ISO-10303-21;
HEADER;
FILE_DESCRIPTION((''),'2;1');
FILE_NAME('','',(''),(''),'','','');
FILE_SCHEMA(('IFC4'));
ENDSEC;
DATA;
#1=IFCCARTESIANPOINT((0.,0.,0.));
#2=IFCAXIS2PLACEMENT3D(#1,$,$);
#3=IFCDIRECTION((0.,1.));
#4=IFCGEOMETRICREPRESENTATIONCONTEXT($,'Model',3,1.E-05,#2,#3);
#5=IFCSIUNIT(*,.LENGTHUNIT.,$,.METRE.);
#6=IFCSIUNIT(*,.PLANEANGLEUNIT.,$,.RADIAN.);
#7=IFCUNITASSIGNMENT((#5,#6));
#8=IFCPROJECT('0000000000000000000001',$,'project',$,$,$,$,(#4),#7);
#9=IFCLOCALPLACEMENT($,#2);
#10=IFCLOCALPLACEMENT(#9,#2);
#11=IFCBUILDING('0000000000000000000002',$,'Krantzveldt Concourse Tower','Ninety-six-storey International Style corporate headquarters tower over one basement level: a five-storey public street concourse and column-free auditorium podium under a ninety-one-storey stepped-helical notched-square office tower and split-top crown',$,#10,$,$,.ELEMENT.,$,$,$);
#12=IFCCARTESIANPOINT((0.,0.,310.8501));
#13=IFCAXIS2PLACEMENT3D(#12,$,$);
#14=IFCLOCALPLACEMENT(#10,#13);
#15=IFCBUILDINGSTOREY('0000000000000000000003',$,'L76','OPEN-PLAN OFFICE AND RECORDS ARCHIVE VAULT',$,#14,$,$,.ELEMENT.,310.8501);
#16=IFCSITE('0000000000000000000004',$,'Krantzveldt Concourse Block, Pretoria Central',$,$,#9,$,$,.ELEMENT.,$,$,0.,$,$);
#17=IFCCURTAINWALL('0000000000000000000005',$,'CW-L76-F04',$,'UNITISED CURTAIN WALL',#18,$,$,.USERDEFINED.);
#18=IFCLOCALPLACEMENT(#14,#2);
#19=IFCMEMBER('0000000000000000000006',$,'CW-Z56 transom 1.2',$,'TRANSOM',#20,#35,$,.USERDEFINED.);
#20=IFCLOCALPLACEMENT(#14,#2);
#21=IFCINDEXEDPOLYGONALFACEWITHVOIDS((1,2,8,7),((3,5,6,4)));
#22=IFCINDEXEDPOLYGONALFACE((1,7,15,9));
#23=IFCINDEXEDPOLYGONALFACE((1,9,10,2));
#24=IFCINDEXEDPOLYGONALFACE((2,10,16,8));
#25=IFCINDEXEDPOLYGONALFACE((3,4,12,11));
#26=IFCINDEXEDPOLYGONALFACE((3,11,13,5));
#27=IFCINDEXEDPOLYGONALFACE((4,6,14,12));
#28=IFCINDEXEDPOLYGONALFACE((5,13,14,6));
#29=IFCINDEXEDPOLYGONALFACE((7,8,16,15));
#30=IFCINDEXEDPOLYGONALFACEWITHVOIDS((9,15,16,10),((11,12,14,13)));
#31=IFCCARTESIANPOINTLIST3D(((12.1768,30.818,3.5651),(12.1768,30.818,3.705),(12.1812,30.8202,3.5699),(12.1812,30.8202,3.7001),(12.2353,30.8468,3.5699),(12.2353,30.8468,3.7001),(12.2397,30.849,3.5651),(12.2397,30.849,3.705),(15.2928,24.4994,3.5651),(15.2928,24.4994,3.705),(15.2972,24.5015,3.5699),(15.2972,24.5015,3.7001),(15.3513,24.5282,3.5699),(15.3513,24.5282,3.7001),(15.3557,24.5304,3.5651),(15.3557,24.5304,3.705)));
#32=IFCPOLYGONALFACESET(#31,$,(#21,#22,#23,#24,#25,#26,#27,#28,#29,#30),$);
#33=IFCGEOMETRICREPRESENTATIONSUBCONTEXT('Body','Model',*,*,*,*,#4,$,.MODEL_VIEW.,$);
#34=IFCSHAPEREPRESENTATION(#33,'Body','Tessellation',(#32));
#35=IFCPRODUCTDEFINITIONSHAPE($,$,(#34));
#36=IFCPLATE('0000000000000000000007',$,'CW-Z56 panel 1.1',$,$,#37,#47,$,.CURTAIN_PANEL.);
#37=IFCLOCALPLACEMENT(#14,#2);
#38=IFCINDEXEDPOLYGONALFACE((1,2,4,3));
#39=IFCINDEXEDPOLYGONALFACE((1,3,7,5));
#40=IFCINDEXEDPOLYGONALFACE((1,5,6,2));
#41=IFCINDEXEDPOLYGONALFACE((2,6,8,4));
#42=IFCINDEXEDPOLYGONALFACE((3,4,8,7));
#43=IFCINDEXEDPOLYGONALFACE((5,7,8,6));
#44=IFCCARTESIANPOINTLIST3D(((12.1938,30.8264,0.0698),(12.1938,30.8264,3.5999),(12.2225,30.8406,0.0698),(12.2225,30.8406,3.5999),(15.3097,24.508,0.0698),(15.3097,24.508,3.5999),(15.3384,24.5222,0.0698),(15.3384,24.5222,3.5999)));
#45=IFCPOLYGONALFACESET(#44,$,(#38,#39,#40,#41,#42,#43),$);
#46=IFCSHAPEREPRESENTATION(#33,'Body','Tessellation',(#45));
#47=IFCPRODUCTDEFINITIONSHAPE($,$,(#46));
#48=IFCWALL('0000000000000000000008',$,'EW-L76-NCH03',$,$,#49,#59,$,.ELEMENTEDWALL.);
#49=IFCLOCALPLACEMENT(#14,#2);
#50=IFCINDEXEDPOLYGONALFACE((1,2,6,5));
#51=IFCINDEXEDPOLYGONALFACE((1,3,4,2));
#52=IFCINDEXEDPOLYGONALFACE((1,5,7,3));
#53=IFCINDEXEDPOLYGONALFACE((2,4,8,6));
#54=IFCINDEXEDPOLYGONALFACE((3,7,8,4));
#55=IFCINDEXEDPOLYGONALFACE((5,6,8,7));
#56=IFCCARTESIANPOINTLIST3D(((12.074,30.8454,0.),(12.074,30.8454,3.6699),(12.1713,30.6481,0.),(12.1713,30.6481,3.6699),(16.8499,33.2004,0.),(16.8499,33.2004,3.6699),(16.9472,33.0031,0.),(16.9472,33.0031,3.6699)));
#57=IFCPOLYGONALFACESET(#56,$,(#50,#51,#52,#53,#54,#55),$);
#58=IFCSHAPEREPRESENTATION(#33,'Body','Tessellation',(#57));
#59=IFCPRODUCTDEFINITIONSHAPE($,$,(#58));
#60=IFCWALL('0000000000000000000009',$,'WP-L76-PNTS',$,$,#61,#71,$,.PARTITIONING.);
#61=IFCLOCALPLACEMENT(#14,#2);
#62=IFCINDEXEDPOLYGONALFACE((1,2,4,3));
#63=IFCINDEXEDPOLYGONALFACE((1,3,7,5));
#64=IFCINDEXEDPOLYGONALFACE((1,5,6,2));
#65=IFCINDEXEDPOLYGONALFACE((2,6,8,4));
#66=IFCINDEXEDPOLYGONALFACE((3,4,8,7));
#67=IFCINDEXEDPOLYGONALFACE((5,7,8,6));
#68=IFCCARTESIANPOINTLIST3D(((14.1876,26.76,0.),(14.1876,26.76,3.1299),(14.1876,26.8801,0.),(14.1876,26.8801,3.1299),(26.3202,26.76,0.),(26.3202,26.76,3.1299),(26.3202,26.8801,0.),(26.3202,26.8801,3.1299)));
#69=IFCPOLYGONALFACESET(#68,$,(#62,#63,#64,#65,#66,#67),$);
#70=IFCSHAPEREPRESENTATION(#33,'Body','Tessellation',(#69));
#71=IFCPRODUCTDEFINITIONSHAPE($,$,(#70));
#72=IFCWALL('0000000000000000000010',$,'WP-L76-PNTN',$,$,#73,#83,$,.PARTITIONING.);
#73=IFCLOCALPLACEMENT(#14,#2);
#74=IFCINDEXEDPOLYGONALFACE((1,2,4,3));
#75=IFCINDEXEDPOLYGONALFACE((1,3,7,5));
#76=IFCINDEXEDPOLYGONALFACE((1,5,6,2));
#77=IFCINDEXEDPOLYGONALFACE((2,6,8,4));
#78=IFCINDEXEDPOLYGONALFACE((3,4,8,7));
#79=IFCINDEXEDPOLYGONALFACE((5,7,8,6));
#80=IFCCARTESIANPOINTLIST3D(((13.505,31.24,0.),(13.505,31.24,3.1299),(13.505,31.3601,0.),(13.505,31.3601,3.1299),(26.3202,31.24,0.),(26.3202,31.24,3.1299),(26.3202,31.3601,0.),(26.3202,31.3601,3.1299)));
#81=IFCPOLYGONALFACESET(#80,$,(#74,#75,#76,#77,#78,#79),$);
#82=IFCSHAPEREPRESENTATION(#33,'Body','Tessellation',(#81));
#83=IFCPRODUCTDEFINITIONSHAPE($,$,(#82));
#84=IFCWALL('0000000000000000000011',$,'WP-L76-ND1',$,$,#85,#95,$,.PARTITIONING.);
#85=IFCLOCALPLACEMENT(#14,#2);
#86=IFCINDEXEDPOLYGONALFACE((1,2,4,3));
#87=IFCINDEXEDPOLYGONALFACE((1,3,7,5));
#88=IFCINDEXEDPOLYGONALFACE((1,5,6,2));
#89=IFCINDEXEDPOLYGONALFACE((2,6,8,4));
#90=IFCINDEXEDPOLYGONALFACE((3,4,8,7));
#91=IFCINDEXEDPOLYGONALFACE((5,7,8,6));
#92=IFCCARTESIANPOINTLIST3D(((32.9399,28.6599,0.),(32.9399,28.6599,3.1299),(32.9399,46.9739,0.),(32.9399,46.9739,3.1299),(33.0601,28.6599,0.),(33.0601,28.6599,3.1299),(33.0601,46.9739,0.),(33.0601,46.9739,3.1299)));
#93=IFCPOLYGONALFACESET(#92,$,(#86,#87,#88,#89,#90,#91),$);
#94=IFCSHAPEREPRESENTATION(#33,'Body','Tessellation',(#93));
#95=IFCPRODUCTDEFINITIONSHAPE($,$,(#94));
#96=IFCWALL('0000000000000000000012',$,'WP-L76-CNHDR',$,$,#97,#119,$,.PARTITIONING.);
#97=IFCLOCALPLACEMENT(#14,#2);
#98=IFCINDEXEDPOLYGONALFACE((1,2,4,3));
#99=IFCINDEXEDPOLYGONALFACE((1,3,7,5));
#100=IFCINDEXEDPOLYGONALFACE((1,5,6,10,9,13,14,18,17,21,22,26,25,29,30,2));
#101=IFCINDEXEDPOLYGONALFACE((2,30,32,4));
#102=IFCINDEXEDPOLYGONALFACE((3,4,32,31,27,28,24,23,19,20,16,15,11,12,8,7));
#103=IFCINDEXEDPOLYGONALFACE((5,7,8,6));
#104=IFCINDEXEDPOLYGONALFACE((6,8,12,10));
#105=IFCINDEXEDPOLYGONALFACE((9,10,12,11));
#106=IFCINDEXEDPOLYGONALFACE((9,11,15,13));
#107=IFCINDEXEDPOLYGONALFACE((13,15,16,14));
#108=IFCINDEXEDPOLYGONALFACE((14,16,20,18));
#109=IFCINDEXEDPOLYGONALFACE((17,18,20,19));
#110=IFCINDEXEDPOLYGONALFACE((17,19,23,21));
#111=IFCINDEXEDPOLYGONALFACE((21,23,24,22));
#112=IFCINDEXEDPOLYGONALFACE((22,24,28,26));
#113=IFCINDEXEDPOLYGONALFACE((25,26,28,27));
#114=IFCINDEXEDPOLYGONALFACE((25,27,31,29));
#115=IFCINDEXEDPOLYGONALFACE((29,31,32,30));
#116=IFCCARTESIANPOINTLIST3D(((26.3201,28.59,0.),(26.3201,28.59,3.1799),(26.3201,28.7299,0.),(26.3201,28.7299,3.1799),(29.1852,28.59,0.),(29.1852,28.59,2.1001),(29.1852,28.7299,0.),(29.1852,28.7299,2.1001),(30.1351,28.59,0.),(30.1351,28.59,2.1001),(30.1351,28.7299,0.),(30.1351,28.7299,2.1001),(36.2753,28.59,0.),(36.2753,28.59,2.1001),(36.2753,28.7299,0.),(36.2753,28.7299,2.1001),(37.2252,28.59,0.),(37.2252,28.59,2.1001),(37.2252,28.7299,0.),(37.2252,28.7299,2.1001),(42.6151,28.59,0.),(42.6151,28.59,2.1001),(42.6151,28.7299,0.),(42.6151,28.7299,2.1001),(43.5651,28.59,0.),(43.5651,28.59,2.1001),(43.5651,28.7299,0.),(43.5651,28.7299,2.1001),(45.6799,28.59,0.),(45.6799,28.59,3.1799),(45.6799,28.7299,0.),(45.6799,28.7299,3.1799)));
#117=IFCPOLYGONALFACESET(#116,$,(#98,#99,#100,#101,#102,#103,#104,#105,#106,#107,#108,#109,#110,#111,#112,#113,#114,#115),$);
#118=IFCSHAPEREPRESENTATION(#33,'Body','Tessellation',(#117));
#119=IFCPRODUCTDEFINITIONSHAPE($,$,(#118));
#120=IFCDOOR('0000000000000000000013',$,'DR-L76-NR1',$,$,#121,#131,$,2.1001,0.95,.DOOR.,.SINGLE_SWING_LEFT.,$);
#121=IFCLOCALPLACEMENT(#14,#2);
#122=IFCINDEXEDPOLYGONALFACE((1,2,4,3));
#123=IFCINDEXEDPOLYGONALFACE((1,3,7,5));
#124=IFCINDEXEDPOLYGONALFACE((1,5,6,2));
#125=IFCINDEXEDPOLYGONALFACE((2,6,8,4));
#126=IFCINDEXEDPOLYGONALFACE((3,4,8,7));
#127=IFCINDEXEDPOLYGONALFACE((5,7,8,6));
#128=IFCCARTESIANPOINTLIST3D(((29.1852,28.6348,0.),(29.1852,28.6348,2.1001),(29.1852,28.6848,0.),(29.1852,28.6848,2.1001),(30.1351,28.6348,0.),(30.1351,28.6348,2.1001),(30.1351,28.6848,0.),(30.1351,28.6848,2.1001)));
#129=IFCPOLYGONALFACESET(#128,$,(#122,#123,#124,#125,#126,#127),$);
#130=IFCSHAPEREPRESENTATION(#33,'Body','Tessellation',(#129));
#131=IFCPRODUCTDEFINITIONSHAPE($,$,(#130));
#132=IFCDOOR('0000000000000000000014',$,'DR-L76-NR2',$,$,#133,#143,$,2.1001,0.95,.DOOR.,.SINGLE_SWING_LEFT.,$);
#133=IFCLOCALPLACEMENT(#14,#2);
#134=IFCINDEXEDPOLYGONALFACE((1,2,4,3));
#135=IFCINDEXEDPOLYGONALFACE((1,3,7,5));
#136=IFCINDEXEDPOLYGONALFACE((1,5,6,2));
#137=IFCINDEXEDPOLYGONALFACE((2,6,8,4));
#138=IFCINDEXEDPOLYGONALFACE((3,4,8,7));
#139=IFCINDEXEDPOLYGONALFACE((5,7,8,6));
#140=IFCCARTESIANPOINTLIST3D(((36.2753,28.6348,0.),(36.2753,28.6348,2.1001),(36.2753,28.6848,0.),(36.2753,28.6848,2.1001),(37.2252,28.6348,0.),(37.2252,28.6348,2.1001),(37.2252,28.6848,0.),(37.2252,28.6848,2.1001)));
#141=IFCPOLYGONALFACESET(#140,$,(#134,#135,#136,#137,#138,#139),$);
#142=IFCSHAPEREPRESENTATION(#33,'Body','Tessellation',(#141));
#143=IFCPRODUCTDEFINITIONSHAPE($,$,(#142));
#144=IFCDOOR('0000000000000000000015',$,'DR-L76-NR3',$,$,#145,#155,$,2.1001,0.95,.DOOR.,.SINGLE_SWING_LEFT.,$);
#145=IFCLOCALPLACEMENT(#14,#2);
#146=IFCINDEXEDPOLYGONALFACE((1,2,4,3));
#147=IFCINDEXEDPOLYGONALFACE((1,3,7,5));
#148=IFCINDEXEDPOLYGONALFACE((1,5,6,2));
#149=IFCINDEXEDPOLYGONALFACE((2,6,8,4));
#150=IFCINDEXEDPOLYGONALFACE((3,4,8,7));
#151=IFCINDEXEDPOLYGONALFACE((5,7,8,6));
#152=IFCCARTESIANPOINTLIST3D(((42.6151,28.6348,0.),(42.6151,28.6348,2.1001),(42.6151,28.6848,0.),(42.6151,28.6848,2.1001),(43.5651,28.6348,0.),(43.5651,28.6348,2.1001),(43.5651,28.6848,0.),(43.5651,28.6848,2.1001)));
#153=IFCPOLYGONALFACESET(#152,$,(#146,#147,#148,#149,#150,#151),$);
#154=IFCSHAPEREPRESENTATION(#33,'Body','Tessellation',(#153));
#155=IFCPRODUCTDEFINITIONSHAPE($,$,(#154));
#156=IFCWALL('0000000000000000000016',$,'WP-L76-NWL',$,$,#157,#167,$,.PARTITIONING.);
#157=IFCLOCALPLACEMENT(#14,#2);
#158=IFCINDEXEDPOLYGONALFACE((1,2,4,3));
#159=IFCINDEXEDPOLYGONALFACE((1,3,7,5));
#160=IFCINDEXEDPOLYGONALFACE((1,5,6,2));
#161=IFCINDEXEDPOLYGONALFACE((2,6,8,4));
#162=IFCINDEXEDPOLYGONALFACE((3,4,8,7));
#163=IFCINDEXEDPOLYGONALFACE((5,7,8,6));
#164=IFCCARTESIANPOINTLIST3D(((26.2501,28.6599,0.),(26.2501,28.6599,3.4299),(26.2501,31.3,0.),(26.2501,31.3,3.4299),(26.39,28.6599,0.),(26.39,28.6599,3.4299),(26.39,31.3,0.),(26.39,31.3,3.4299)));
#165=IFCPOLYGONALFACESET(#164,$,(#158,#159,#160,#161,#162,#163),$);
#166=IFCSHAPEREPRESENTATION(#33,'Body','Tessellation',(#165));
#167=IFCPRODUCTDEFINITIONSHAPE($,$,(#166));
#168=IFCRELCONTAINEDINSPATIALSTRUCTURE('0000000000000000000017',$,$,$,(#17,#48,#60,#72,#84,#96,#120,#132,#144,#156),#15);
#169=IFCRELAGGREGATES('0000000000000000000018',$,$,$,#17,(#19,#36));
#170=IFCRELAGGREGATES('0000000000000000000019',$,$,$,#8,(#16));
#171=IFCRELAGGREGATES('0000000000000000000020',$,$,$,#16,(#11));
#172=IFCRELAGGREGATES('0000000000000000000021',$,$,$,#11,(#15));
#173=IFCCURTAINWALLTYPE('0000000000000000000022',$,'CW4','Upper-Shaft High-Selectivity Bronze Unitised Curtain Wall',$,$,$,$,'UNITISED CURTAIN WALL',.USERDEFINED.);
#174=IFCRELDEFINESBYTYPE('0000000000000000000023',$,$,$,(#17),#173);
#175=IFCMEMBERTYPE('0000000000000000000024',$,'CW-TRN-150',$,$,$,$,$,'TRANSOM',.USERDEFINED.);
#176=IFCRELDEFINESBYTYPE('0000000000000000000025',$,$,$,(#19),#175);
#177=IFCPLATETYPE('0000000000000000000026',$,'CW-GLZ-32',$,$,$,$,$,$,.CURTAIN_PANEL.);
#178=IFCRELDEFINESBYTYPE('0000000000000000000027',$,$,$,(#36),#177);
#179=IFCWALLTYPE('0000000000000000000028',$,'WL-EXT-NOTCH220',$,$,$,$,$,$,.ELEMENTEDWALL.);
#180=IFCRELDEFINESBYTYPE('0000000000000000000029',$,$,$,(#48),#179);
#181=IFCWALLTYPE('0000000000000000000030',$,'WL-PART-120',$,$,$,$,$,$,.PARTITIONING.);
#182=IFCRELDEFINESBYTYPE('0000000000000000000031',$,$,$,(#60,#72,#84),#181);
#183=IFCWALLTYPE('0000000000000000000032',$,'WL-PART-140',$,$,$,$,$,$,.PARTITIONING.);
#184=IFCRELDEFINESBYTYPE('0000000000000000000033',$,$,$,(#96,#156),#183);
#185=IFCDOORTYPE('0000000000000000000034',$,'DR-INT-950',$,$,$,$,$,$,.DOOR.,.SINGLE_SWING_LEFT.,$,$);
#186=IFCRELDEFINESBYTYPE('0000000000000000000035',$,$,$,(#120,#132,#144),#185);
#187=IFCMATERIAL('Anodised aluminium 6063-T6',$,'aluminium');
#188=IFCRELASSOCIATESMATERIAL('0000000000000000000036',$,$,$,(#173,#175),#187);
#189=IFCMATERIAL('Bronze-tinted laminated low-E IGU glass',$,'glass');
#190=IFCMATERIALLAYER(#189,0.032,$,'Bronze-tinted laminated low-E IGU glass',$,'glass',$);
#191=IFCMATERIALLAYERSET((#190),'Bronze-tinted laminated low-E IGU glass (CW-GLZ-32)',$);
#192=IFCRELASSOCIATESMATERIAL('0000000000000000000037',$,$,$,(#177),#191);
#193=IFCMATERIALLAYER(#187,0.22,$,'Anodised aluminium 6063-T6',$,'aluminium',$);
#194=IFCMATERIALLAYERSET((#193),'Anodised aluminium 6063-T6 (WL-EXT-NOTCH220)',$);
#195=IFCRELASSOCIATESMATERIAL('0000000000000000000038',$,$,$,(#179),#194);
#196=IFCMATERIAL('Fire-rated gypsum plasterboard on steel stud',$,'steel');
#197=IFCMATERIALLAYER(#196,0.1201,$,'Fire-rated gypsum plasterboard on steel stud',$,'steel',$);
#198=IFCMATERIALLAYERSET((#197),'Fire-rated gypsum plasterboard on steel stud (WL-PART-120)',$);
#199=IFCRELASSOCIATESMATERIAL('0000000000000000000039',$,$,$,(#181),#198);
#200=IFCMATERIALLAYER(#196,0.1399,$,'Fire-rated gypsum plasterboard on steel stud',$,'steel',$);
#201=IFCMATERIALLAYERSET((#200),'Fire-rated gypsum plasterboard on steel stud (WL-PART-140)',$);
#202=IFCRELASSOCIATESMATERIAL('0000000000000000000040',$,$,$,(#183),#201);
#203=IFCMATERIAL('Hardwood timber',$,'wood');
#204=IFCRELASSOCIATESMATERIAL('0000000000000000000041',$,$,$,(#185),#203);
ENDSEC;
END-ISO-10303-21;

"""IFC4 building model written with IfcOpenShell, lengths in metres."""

from ifc_helpers import new_model, si_unit, direction, frame, frame_2d, origin, origin_2d, place, context, subcontext, project, spatial, rectangle, hollow_rectangle, extrude, source, transform, mapped, material, layer, layer_set, material_profile, profile_set, type_object, type_shapes, element, fill, aggregate, save


model = new_model("IFC4")

# Units and contexts
model_context = context("Model", 3, precision=1e-05, world=origin(), true_north=direction((0.0, 1.0)))
body_context = subcontext(model_context, "Body", "Model", "MODEL_VIEW")
ifc_project = project(units=[si_unit("LENGTHUNIT", "METRE"), si_unit("PLANEANGLEUNIT", "RADIAN")], contexts=[model_context])

# Site, building, storey
site_placement = place(None, origin())
site = spatial("IfcSite", under=ifc_project, at=site_placement, Name="Krantzveldt Concourse Block, Pretoria Central", CompositionType="ELEMENT", RefElevation=0.0)
building_placement = place(site_placement, origin())
building = spatial("IfcBuilding", under=site, at=building_placement, Name="Krantzveldt Concourse Tower", Description="Ninety-six-storey International Style corporate headquarters tower over one basement level: a five-storey public street concourse and column-free auditorium podium under a ninety-one-storey stepped-helical notched-square office tower and split-top crown", CompositionType="ELEMENT")
storey_placement = place(building_placement, frame((0.0, 0.0, 310.8501)))
storey = spatial("IfcBuildingStorey", under=building, at=storey_placement, Name="L76", Description="OPEN-PLAN OFFICE AND RECORDS ARCHIVE VAULT", CompositionType="ELEMENT", Elevation=310.8501)

# Curtain wall, member, plate
ifc_material_1 = material(Name="Anodised aluminium 6063-T6", Category="aluminium")
curtain_wall_type = type_object("IfcCurtainWallType", Name="CW4", Description="Upper-Shaft High-Selectivity Bronze Unitised Curtain Wall", ElementType="UNITISED CURTAIN WALL", PredefinedType="USERDEFINED", material=ifc_material_1)
curtain_wall_placement = place(storey_placement, origin())
curtain_wall = element("IfcCurtainWall", 1, at=curtain_wall_placement, inside=storey, type_object=curtain_wall_type, Name="CW-L76-F04", ObjectType="UNITISED CURTAIN WALL", PredefinedType="USERDEFINED")
ifc_material_profile_1 = material_profile(ifc_material_1, hollow_rectangle(XDim=0.0701, YDim=0.1399, WallThickness=0.0049, at=origin_2d()), Name="Anodised aluminium 6063-T6", Category="aluminium")
ifc_profile_set_1 = profile_set([ifc_material_profile_1], Name="Anodised aluminium 6063-T6 - ALU-TRAN 140x70x5")
member_type_1 = type_object("IfcMemberType", Name="CW-TRN-150", ElementType="TRANSOM", PredefinedType="USERDEFINED", material=ifc_profile_set_1)
shared_shape_1 = source(origin(), body_context, "Body", "SweptSolid", [
    extrude(hollow_rectangle(XDim=0.0701, YDim=0.1399, WallThickness=0.0049, at=origin_2d()), origin(), (0.0, 0.0, 1.0), 7.0452),
])
member_1_placement = place(storey_placement, frame((12.2083, 30.8335, 3.635), z_axis=(0.442286, -0.896874, 0.0), x_axis=(0.896874, 0.442286, 0.0)))
member_1 = element("IfcMember", 2, at=member_1_placement, type_object=member_type_1, Name="CW-Z56 transom 1.2", ObjectType="TRANSOM", PredefinedType="USERDEFINED", context=body_context, shape_type="MappedRepresentation", body=[
    mapped(shared_shape_1, transform((0.0, 0.0, 0.0), x_axis=(1.0, 0.0, 0.0), y_axis=(0.0, 1.0, 0.0), z_axis=(0.0, 0.0, 1.0), scale=1.0)),
])
ifc_material_2 = material(Name="Bronze-tinted laminated low-E IGU glass", Category="glass")
ifc_layer_1 = layer(ifc_material_2, 0.032, Name="Bronze-tinted laminated low-E IGU glass", Category="glass")
ifc_layer_set_1 = layer_set([ifc_layer_1], Name="Bronze-tinted laminated low-E IGU glass (CW-GLZ-32)")
plate_type = type_object("IfcPlateType", Name="CW-GLZ-32", PredefinedType="CURTAIN_PANEL", material=ifc_layer_set_1)
shared_shape_2 = source(origin(), body_context, "Body", "SweptSolid", [
    extrude(rectangle(XDim=7.0449, YDim=0.032, at=origin_2d()), origin(), (0.0, 0.0, 1.0), 3.53),
])
type_shapes(plate_type, [shared_shape_2])
plate_placement = place(storey_placement, frame((13.7661, 27.6743, 0.0698), z_axis=(0.0, 0.0, 1.0), x_axis=(0.442289, -0.896873, 0.0)))
plate = element("IfcPlate", 3, at=plate_placement, type_object=plate_type, Name="CW-Z56 panel 1.1", PredefinedType="CURTAIN_PANEL", context=body_context, shape_type="MappedRepresentation", body=[
    mapped(shared_shape_2, transform((0.0, 0.0, 0.0), x_axis=(1.0, 0.0, 0.0), y_axis=(0.0, 1.0, 0.0), z_axis=(0.0, 0.0, 1.0), scale=1.0)),
])
aggregate(curtain_wall, [member_1, plate])

# Walls
ifc_layer_2 = layer(ifc_material_1, 0.22, Name="Anodised aluminium 6063-T6", Category="aluminium")
ifc_layer_set_2 = layer_set([ifc_layer_2], Name="Anodised aluminium 6063-T6 (WL-EXT-NOTCH220)")
wall_type_1 = type_object("IfcWallType", Name="WL-EXT-NOTCH220", PredefinedType="ELEMENTEDWALL", material=ifc_layer_set_2)
wall_1_placement = place(storey_placement, frame((16.8987, 33.1018, 0.0), z_axis=(0.0, 0.0, 1.0), x_axis=(-0.896889, -0.442255, 0.0)))
element("IfcWall", 4, at=wall_1_placement, inside=storey, type_object=wall_type_1, Name="EW-L76-NCH03", PredefinedType="ELEMENTEDWALL", context=body_context, shape_type="SweptSolid", body=[
    extrude(rectangle(XDim=5.325, YDim=0.22, at=frame_2d((2.6626, 0.0))), origin(), (0.0, 0.0, 1.0), 3.6699),
])
ifc_material_3 = material(Name="Fire-rated gypsum plasterboard on steel stud", Category="steel")
ifc_layer_3 = layer(ifc_material_3, 0.1201, Name="Fire-rated gypsum plasterboard on steel stud", Category="steel")
ifc_layer_set_3 = layer_set([ifc_layer_3], Name="Fire-rated gypsum plasterboard on steel stud (WL-PART-120)")
wall_type_2 = type_object("IfcWallType", Name="WL-PART-120", PredefinedType="PARTITIONING", material=ifc_layer_set_3)
wall_2_placement = place(storey_placement, frame((14.1875, 26.8201, 0.0), z_axis=(0.0, 0.0, 1.0), x_axis=(1.0, 0.0, 0.0)))
element("IfcWall", 5, at=wall_2_placement, inside=storey, type_object=wall_type_2, Name="WP-L76-PNTS", PredefinedType="PARTITIONING", context=body_context, shape_type="SweptSolid", body=[
    extrude(rectangle(XDim=12.1326, YDim=0.1201, at=frame_2d((6.0664, 0.0))), origin(), (0.0, 0.0, 1.0), 3.1299),
])
wall_3_placement = place(storey_placement, frame((13.5049, 31.3, 0.0), z_axis=(0.0, 0.0, 1.0), x_axis=(1.0, 0.0, 0.0)))
element("IfcWall", 6, at=wall_3_placement, inside=storey, type_object=wall_type_2, Name="WP-L76-PNTN", PredefinedType="PARTITIONING", context=body_context, shape_type="SweptSolid", body=[
    extrude(rectangle(XDim=12.8152, YDim=0.1201, at=frame_2d((6.4077, 0.0))), origin(), (0.0, 0.0, 1.0), 3.1299),
])
wall_4_placement = place(storey_placement, frame((33.0, 28.6599, 0.0), z_axis=(0.0, 0.0, 1.0), x_axis=(0.0, 1.0, 0.0)))
element("IfcWall", 7, at=wall_4_placement, inside=storey, type_object=wall_type_2, Name="WP-L76-ND1", PredefinedType="PARTITIONING", context=body_context, shape_type="SweptSolid", body=[
    extrude(rectangle(XDim=18.314, YDim=0.1201, at=frame_2d((9.157, 0.0))), origin(), (0.0, 0.0, 1.0), 3.1299),
])

# Wall, openings, doors
ifc_layer_4 = layer(ifc_material_3, 0.1399, Name="Fire-rated gypsum plasterboard on steel stud", Category="steel")
ifc_layer_set_4 = layer_set([ifc_layer_4], Name="Fire-rated gypsum plasterboard on steel stud (WL-PART-140)")
wall_type_3 = type_object("IfcWallType", Name="WL-PART-140", PredefinedType="PARTITIONING", material=ifc_layer_set_4)
wall_5_placement = place(storey_placement, frame((26.3201, 28.6599, 0.0), z_axis=(0.0, 0.0, 1.0), x_axis=(1.0, 0.0, 0.0)))
wall_5 = element("IfcWall", 8, at=wall_5_placement, inside=storey, type_object=wall_type_3, Name="WP-L76-CNHDR", PredefinedType="PARTITIONING", context=body_context, shape_type="SweptSolid", body=[
    extrude(rectangle(XDim=19.3599, YDim=0.1399, at=frame_2d((9.6799, 0.0))), origin(), (0.0, 0.0, 1.0), 3.1799),
])
opening_1_placement = place(wall_5_placement, frame((2.865, 0.0, 0.0)))
opening_1 = element("IfcOpeningElement", 9, at=opening_1_placement, cuts=wall_5, PredefinedType="OPENING", context=body_context, shape_type="SweptSolid", body=[
    extrude(rectangle(XDim=0.95, YDim=2.1001, at=frame_2d((0.4751, 1.05))), frame((0.0, 0.0801, 0.0), z_axis=(0.0, -1.0, 0.0), x_axis=(1.0, 0.0, 0.0)), (0.0, 0.0, 1.0), 0.1599),
])
opening_2_placement = place(wall_5_placement, frame((9.9551, 0.0, 0.0)))
opening_2 = element("IfcOpeningElement", 10, at=opening_2_placement, cuts=wall_5, PredefinedType="OPENING", context=body_context, shape_type="SweptSolid", body=[
    extrude(rectangle(XDim=0.95, YDim=2.1001, at=frame_2d((0.4751, 1.05))), frame((0.0, 0.0801, 0.0), z_axis=(0.0, -1.0, 0.0), x_axis=(1.0, 0.0, 0.0)), (0.0, 0.0, 1.0), 0.1599),
])
opening_3_placement = place(wall_5_placement, frame((16.2949, 0.0, 0.0)))
opening_3 = element("IfcOpeningElement", 11, at=opening_3_placement, cuts=wall_5, PredefinedType="OPENING", context=body_context, shape_type="SweptSolid", body=[
    extrude(rectangle(XDim=0.95, YDim=2.1001, at=frame_2d((0.4751, 1.05))), frame((0.0, 0.0801, 0.0), z_axis=(0.0, -1.0, 0.0), x_axis=(1.0, 0.0, 0.0)), (0.0, 0.0, 1.0), 0.1599),
])
ifc_material_4 = material(Name="Hardwood timber", Category="wood")
door_type_1 = type_object("IfcDoorType", Name="DR-INT-950", OperationType="SINGLE_SWING_LEFT", PredefinedType="DOOR", material=ifc_material_4)
door_1_placement = place(opening_1_placement, origin())
door_1 = element("IfcDoor", 12, at=door_1_placement, inside=storey, type_object=door_type_1, Name="DR-L76-NR1", OperationType="SINGLE_SWING_LEFT", OverallHeight=2.1001, OverallWidth=0.95, PredefinedType="DOOR", context=body_context, shape_type="SweptSolid", body=[
    extrude(rectangle(XDim=0.95, YDim=2.1001, at=frame_2d((0.4751, 1.05))), frame((0.0, 0.0249, 0.0), z_axis=(0.0, -1.0, 0.0), x_axis=(1.0, 0.0, 0.0)), (0.0, 0.0, 1.0), 0.05),
])
fill(opening_1, door_1)
door_2_placement = place(opening_2_placement, origin())
door_2 = element("IfcDoor", 13, at=door_2_placement, inside=storey, type_object=door_type_1, Name="DR-L76-NR2", OperationType="SINGLE_SWING_LEFT", OverallHeight=2.1001, OverallWidth=0.95, PredefinedType="DOOR", context=body_context, shape_type="SweptSolid", body=[
    extrude(rectangle(XDim=0.95, YDim=2.1001, at=frame_2d((0.4751, 1.05))), frame((0.0, 0.0249, 0.0), z_axis=(0.0, -1.0, 0.0), x_axis=(1.0, 0.0, 0.0)), (0.0, 0.0, 1.0), 0.05),
])
fill(opening_2, door_2)
door_3_placement = place(opening_3_placement, origin())
door_3 = element("IfcDoor", 14, at=door_3_placement, inside=storey, type_object=door_type_1, Name="DR-L76-NR3", OperationType="SINGLE_SWING_LEFT", OverallHeight=2.1001, OverallWidth=0.95, PredefinedType="DOOR", context=body_context, shape_type="SweptSolid", body=[
    extrude(rectangle(XDim=0.95, YDim=2.1001, at=frame_2d((0.4751, 1.05))), frame((0.0, 0.0249, 0.0), z_axis=(0.0, -1.0, 0.0), x_axis=(1.0, 0.0, 0.0)), (0.0, 0.0, 1.0), 0.05),
])
fill(opening_3, door_3)

# Wall
wall_6_placement = place(storey_placement, frame((26.3201, 28.6599, 0.0), z_axis=(0.0, 0.0, 1.0), x_axis=(0.0, 1.0, 0.0)))
element("IfcWall", 15, at=wall_6_placement, inside=storey, type_object=wall_type_3, Name="WP-L76-NWL", PredefinedType="PARTITIONING", context=body_context, shape_type="SweptSolid", body=[
    extrude(rectangle(XDim=2.6401, YDim=0.1399, at=frame_2d((1.3201, 0.0))), origin(), (0.0, 0.0, 1.0), 3.4299),
])

save(model, "model.ifc")
